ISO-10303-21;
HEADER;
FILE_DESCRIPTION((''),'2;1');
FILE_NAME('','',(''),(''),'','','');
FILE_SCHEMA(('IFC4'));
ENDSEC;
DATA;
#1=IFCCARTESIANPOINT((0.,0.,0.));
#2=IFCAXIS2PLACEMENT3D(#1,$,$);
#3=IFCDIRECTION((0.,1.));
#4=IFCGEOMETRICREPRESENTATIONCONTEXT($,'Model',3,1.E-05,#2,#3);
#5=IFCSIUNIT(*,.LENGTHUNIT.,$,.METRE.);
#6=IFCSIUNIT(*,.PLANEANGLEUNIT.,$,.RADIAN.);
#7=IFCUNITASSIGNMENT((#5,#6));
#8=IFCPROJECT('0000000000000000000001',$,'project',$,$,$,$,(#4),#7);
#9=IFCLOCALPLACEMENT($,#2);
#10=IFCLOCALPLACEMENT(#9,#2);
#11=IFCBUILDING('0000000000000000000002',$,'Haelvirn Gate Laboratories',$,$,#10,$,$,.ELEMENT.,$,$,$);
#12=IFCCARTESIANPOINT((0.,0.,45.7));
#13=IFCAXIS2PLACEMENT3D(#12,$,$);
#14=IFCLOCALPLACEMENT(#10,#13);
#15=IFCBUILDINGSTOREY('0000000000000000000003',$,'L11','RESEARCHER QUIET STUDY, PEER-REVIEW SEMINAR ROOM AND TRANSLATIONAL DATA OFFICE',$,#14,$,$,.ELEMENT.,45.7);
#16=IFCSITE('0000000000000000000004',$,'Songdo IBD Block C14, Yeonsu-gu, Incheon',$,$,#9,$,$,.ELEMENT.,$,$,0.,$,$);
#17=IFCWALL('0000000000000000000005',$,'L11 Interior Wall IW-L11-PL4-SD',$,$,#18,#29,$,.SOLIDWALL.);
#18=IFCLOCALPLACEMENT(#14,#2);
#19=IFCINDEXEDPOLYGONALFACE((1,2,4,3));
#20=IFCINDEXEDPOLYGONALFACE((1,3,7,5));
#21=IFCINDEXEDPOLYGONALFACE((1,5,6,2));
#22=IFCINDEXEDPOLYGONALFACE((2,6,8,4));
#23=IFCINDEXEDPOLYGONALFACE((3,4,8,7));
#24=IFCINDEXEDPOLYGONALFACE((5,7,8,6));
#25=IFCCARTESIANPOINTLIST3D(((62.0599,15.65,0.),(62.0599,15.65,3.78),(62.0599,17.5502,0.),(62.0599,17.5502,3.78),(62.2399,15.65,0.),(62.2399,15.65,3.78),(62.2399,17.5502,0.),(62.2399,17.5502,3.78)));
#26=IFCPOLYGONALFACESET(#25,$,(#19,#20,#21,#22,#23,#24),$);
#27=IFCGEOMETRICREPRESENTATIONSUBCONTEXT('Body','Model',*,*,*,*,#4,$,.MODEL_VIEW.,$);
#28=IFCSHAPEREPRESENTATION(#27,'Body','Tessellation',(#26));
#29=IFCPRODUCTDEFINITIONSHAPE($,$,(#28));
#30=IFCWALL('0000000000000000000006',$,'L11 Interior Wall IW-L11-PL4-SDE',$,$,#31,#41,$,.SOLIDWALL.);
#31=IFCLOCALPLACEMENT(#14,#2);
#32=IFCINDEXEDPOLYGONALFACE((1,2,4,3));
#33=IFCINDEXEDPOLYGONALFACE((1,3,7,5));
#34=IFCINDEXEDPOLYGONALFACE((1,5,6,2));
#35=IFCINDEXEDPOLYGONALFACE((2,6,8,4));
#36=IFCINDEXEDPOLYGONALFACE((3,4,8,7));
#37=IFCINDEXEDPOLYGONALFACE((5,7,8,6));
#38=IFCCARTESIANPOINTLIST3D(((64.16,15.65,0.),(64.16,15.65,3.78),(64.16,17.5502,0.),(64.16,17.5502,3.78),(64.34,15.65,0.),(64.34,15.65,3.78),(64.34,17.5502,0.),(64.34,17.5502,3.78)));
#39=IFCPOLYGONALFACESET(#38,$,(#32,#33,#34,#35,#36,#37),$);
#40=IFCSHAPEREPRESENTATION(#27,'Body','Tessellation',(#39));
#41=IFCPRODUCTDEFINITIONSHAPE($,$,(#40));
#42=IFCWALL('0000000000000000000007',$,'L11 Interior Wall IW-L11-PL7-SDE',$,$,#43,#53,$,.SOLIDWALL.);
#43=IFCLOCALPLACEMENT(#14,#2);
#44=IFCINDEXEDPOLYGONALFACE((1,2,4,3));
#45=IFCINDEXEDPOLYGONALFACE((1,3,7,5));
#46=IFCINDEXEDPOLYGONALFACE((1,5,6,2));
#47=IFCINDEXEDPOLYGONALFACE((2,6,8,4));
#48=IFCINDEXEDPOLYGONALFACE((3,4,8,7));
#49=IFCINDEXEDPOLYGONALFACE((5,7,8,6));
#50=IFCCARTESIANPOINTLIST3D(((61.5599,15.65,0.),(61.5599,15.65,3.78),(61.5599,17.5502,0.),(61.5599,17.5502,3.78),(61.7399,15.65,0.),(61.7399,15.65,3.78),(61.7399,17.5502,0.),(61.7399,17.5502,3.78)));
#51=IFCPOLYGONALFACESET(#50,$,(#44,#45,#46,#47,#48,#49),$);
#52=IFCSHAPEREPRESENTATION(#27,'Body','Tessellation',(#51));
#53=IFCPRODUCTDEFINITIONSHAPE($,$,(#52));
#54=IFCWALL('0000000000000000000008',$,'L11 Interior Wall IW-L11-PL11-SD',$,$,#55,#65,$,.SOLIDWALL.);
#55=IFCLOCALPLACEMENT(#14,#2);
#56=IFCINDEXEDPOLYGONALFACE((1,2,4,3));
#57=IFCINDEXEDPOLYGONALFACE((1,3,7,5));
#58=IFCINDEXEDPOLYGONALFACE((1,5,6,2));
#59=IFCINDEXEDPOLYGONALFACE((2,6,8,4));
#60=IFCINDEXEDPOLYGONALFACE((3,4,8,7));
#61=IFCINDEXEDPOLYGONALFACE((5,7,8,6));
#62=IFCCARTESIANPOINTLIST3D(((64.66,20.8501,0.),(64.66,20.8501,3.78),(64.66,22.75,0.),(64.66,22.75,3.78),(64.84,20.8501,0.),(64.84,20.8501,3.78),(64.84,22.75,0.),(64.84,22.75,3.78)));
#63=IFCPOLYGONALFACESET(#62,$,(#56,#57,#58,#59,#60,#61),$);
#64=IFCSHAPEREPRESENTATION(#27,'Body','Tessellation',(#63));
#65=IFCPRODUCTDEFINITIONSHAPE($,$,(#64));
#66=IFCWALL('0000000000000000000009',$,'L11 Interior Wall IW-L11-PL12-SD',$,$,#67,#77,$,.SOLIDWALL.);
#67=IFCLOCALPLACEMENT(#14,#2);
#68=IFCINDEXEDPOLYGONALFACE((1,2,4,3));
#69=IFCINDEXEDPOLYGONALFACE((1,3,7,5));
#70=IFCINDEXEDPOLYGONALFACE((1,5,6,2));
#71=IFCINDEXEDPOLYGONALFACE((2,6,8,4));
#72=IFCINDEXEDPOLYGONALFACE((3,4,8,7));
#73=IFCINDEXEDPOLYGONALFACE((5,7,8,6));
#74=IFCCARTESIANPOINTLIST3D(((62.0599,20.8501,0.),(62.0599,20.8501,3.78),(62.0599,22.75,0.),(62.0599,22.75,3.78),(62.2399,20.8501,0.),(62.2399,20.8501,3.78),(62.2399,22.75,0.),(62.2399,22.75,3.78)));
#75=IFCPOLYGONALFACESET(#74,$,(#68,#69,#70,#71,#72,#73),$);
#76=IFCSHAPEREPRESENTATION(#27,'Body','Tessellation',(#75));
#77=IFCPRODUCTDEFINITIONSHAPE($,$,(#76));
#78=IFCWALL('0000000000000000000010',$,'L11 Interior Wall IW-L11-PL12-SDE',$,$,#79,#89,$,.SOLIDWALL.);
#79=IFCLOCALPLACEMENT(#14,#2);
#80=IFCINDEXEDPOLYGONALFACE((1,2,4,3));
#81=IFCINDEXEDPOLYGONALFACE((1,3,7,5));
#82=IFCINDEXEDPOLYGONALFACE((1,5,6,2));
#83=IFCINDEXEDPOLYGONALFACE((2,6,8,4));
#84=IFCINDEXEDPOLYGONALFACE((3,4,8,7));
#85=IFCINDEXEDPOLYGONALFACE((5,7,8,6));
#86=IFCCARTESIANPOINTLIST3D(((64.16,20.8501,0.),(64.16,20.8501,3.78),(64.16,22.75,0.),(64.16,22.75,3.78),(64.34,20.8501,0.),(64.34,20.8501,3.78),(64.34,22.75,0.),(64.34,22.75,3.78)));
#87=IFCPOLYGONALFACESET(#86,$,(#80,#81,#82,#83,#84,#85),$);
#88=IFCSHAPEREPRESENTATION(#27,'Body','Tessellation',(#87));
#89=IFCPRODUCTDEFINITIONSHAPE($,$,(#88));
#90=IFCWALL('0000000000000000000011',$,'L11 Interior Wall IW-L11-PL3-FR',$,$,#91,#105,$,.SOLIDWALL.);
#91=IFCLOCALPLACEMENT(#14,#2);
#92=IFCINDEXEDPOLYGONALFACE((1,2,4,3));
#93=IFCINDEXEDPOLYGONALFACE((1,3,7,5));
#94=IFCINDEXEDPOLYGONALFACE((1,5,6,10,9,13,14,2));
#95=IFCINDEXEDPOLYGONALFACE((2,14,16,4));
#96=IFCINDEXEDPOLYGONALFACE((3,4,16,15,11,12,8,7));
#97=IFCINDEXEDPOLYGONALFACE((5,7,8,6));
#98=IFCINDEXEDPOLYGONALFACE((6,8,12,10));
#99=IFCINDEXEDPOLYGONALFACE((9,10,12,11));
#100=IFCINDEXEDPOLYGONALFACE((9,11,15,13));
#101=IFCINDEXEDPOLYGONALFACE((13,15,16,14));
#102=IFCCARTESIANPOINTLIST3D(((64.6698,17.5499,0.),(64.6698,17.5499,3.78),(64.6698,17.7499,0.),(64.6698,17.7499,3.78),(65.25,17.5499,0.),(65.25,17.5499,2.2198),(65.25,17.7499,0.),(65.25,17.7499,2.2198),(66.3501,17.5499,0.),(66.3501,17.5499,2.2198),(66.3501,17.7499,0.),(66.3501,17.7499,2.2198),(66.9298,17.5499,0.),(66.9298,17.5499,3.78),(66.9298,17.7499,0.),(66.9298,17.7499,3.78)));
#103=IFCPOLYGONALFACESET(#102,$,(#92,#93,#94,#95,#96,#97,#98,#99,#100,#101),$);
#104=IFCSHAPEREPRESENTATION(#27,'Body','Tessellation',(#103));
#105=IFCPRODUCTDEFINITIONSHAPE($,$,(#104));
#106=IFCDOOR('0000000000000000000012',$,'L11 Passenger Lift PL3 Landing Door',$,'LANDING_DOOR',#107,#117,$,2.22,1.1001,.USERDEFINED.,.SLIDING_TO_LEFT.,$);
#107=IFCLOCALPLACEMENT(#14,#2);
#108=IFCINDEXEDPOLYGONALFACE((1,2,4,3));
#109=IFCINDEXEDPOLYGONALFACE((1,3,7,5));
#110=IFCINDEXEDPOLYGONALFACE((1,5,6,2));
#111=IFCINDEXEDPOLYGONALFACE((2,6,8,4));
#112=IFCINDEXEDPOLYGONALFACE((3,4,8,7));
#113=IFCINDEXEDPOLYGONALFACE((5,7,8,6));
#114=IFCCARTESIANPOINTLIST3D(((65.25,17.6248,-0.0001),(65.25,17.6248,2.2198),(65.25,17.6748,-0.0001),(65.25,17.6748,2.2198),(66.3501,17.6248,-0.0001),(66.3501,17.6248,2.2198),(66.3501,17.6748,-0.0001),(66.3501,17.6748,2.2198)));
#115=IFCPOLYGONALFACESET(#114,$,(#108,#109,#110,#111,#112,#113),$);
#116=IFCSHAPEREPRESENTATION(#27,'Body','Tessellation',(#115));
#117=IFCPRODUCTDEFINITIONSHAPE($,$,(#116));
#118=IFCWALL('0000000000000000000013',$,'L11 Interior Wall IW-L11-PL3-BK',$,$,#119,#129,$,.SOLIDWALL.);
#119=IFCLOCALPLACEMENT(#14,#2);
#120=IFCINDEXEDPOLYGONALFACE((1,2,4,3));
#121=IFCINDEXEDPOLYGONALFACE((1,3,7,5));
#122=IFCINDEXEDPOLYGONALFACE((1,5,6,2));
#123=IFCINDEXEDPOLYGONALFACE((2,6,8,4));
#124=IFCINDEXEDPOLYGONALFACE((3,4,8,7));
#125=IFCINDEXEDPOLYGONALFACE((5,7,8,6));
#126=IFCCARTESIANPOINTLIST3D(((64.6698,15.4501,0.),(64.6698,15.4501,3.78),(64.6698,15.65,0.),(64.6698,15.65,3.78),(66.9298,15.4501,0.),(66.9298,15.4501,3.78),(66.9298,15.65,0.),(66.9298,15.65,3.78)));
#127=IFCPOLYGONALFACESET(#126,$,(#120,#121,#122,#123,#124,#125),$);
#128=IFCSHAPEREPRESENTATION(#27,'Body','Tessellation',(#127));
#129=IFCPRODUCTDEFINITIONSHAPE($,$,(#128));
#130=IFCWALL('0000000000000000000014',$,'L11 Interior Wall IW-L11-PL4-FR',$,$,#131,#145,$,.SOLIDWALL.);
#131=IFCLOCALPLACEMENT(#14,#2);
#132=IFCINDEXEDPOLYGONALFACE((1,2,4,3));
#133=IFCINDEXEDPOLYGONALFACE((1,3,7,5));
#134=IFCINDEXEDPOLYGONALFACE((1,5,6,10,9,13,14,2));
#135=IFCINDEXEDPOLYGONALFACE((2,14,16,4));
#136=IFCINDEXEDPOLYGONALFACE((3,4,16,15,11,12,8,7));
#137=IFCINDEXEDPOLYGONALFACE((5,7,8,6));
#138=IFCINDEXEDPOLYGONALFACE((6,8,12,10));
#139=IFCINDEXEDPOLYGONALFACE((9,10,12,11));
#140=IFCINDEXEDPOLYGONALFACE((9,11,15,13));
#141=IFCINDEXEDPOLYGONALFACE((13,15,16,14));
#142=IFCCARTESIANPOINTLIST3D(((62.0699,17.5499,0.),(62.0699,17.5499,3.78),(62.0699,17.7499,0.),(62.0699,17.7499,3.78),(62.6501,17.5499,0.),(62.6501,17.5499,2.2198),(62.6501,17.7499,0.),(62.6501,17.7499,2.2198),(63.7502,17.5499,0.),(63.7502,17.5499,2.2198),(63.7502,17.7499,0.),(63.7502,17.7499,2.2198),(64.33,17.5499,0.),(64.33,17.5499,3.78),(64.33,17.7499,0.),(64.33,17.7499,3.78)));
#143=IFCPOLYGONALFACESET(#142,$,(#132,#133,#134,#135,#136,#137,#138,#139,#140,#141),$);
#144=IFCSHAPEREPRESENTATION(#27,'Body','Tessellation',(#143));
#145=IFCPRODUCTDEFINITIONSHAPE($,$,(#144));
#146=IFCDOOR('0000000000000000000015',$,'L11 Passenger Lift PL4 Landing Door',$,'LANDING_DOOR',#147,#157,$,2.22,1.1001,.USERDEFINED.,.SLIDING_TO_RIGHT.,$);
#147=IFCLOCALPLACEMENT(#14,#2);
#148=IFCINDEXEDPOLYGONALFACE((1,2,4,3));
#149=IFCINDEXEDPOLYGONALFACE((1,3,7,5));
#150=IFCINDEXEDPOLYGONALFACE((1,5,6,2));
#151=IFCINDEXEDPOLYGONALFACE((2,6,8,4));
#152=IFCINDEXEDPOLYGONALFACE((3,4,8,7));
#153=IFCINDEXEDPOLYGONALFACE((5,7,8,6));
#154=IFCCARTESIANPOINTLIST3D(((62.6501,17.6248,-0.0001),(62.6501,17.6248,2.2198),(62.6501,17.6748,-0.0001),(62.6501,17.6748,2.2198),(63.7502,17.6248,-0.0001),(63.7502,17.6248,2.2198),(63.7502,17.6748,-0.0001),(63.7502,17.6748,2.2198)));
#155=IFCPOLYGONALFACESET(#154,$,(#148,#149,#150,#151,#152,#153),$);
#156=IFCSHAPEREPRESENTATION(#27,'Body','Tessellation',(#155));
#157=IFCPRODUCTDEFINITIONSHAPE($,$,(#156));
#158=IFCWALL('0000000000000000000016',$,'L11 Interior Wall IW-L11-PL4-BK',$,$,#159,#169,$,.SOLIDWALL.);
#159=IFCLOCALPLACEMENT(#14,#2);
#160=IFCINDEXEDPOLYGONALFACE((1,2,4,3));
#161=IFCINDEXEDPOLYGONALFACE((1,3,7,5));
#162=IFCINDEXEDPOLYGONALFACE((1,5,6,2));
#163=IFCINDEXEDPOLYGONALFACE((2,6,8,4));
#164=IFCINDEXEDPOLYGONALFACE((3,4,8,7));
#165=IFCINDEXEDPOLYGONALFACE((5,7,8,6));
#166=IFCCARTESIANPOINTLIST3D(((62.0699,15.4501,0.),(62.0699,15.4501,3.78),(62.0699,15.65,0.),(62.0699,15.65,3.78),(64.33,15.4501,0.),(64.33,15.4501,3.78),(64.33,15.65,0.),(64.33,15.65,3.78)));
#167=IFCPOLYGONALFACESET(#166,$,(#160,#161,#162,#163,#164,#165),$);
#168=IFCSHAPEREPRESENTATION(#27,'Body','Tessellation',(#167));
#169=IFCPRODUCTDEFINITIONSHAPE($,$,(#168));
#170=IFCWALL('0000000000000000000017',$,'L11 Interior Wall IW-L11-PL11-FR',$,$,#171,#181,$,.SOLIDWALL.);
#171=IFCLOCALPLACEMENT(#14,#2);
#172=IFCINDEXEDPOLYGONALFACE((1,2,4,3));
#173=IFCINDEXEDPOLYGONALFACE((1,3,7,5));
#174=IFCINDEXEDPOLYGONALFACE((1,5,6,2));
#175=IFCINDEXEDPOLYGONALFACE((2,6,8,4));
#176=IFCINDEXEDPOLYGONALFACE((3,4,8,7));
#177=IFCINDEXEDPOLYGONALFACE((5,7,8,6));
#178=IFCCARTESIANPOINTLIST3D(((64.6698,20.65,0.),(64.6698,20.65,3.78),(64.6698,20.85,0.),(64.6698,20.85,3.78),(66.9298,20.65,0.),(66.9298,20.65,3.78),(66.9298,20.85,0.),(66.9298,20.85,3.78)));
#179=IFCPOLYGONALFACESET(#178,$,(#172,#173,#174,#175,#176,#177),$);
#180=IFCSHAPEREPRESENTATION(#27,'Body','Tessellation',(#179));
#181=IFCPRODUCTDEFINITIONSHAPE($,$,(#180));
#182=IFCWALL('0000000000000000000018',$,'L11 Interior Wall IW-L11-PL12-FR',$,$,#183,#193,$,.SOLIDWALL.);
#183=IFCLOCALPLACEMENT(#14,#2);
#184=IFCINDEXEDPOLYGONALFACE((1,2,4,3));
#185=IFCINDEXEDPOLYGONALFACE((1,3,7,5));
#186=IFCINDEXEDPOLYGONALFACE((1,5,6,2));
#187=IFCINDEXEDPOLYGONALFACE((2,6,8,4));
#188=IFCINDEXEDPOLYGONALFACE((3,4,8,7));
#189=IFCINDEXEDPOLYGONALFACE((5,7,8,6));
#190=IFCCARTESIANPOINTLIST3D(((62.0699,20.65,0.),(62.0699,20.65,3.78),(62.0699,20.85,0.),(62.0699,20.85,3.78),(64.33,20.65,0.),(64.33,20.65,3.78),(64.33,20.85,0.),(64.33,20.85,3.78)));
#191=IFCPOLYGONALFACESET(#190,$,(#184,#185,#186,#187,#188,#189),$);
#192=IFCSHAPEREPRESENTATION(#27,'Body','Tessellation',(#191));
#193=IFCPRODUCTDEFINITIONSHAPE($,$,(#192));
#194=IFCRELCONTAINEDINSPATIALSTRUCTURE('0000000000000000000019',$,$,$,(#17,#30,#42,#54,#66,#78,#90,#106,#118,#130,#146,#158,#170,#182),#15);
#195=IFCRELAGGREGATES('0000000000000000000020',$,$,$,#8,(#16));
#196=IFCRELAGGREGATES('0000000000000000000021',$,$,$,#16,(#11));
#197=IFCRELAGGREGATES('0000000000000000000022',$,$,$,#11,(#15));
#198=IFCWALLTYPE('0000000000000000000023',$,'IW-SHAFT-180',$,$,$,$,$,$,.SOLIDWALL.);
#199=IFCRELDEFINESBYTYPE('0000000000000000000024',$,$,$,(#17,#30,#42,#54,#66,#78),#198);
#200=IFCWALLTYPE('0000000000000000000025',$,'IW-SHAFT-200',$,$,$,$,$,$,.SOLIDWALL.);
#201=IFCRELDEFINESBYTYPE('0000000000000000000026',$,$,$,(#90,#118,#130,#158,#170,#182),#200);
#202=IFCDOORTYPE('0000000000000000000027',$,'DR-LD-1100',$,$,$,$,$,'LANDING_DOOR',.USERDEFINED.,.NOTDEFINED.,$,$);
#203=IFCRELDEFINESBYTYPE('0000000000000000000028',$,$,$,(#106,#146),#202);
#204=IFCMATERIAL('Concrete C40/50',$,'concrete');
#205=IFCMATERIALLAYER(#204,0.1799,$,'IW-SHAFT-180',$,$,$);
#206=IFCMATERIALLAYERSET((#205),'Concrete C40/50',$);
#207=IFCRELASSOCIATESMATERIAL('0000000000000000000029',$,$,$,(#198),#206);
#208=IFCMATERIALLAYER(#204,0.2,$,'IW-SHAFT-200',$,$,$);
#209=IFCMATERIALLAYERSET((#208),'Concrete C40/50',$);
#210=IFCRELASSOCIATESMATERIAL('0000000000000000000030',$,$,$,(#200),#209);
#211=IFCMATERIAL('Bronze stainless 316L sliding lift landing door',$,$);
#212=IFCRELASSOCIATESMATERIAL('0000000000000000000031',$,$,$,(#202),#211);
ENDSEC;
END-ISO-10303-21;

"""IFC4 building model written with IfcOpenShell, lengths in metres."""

from ifc_helpers import new_model, si_unit, direction, frame, frame_2d, origin, place, context, subcontext, project, spatial, rectangle, extrude, source, transform, mapped, material, layer, layer_set, type_object, type_shapes, element, fill, save


model = new_model("IFC4")

# Units and contexts
model_context = context("Model", 3, precision=1e-05, world=origin(), true_north=direction((0.0, 1.0)))
body_context = subcontext(model_context, "Body", "Model", "MODEL_VIEW")
ifc_project = project(units=[si_unit("LENGTHUNIT", "METRE"), si_unit("PLANEANGLEUNIT", "RADIAN")], contexts=[model_context])

# Site, building, storey
site_placement = place(None, origin())
site = spatial("IfcSite", under=ifc_project, at=site_placement, Name="Songdo IBD Block C14, Yeonsu-gu, Incheon", CompositionType="ELEMENT", RefElevation=0.0)
building_placement = place(site_placement, origin())
building = spatial("IfcBuilding", under=site, at=building_placement, Name="Haelvirn Gate Laboratories", CompositionType="ELEMENT")
storey_placement = place(building_placement, frame((0.0, 0.0, 45.7)))
storey = spatial("IfcBuildingStorey", under=building, at=storey_placement, Name="L11", Description="RESEARCHER QUIET STUDY, PEER-REVIEW SEMINAR ROOM AND TRANSLATIONAL DATA OFFICE", CompositionType="ELEMENT", Elevation=45.7)

# Walls
ifc_material_1 = material(Name="Concrete C40/50", Category="concrete")
ifc_layer_1 = layer(ifc_material_1, 0.1799, Name="IW-SHAFT-180")
ifc_layer_set_1 = layer_set([ifc_layer_1], Name="Concrete C40/50")
wall_type_1 = type_object("IfcWallType", Name="IW-SHAFT-180", PredefinedType="SOLIDWALL", material=ifc_layer_set_1)
for number, where, z_axis, x_axis, name in (
    (1, (62.1499, 15.6499, 0.0), (0.0, 0.0, 1.0), (0.0, 1.0, 0.0), "L11 Interior Wall IW-L11-PL4-SD"),
    (2, (64.25, 15.6499, 0.0), (0.0, 0.0, 1.0), (0.0, 1.0, 0.0), "L11 Interior Wall IW-L11-PL4-SDE"),
    (3, (61.6499, 15.6499, 0.0), (0.0, 0.0, 1.0), (0.0, 1.0, 0.0), "L11 Interior Wall IW-L11-PL7-SDE"),
):
    element("IfcWall", number, at=place(storey_placement, frame(where, z_axis=z_axis, x_axis=x_axis)), inside=storey, type_object=wall_type_1, Name=name, PredefinedType="SOLIDWALL", context=body_context, shape_type="SweptSolid", body=[
        extrude(rectangle(XDim=1.9001, YDim=0.1799, at=frame_2d((0.9502, 0.0))), origin(), (0.0, 0.0, 1.0), 3.78),
    ])
for number, where, z_axis, x_axis, name in (
    (4, (64.75, 20.8501, 0.0), (0.0, 0.0, 1.0), (0.0, 1.0, 0.0), "L11 Interior Wall IW-L11-PL11-SD"),
    (5, (62.1499, 20.8501, 0.0), (0.0, 0.0, 1.0), (0.0, 1.0, 0.0), "L11 Interior Wall IW-L11-PL12-SD"),
    (6, (64.25, 20.8501, 0.0), (0.0, 0.0, 1.0), (0.0, 1.0, 0.0), "L11 Interior Wall IW-L11-PL12-SDE"),
):
    element("IfcWall", number, at=place(storey_placement, frame(where, z_axis=z_axis, x_axis=x_axis)), inside=storey, type_object=wall_type_1, Name=name, PredefinedType="SOLIDWALL", context=body_context, shape_type="SweptSolid", body=[
        extrude(rectangle(XDim=1.8999, YDim=0.1799, at=frame_2d((0.95, 0.0))), origin(), (0.0, 0.0, 1.0), 3.78),
    ])

# Wall, opening, door
ifc_layer_2 = layer(ifc_material_1, 0.2, Name="IW-SHAFT-200")
ifc_layer_set_2 = layer_set([ifc_layer_2], Name="Concrete C40/50")
wall_type_2 = type_object("IfcWallType", Name="IW-SHAFT-200", PredefinedType="SOLIDWALL", material=ifc_layer_set_2)
wall_1_placement = place(storey_placement, frame((64.6699, 17.6499, 0.0), z_axis=(0.0, 0.0, 1.0), x_axis=(1.0, 0.0, 0.0)))
wall_1 = element("IfcWall", 7, at=wall_1_placement, inside=storey, type_object=wall_type_2, Name="L11 Interior Wall IW-L11-PL3-FR", PredefinedType="SOLIDWALL", context=body_context, shape_type="SweptSolid", body=[
    extrude(rectangle(XDim=2.26, YDim=0.2, at=frame_2d((1.1299, 0.0))), origin(), (0.0, 0.0, 1.0), 3.78),
])
opening_1_placement = place(wall_1_placement, frame((0.5801, 0.0, 0.0)))
opening_1 = element("IfcOpeningElement", 8, at=opening_1_placement, cuts=wall_1, PredefinedType="OPENING", context=body_context, shape_type="SweptSolid", body=[
    extrude(rectangle(XDim=1.1001, YDim=2.22, at=frame_2d((0.55, 1.1099))), frame((0.0, 0.1099, 0.0), z_axis=(0.0, -1.0, 0.0), x_axis=(1.0, 0.0, 0.0)), (0.0, 0.0, 1.0), 0.22),
])
ifc_material_2 = material(Name="Bronze stainless 316L sliding lift landing door")
door_type_1 = type_object("IfcDoorType", Name="DR-LD-1100", ElementType="LANDING_DOOR", OperationType="NOTDEFINED", PredefinedType="USERDEFINED", material=ifc_material_2)
shared_shape_1 = source(origin(), body_context, "Body", "SweptSolid", [
    extrude(rectangle(XDim=1.1001, YDim=2.22, at=frame_2d((0.55, 1.1099))), frame((0.0, 0.0249, 0.0), z_axis=(0.0, -1.0, 0.0), x_axis=(1.0, 0.0, 0.0)), (0.0, 0.0, 1.0), 0.05),
])
type_shapes(door_type_1, [shared_shape_1])
door_1_placement = place(opening_1_placement, origin())
door_1 = element("IfcDoor", 9, at=door_1_placement, inside=storey, type_object=door_type_1, Name="L11 Passenger Lift PL3 Landing Door", ObjectType="LANDING_DOOR", OperationType="SLIDING_TO_LEFT", OverallHeight=2.22, OverallWidth=1.1001, PredefinedType="USERDEFINED", context=body_context, shape_type="MappedRepresentation", body=[
    mapped(shared_shape_1, transform((0.0, 0.0, 0.0), scale=1.0)),
])
fill(opening_1, door_1)

# Wall
wall_2_placement = place(storey_placement, frame((64.6699, 15.55, 0.0), z_axis=(0.0, 0.0, 1.0), x_axis=(1.0, 0.0, 0.0)))
element("IfcWall", 10, at=wall_2_placement, inside=storey, type_object=wall_type_2, Name="L11 Interior Wall IW-L11-PL3-BK", PredefinedType="SOLIDWALL", context=body_context, shape_type="SweptSolid", body=[
    extrude(rectangle(XDim=2.26, YDim=0.2, at=frame_2d((1.1299, 0.0))), origin(), (0.0, 0.0, 1.0), 3.78),
])

# Wall, opening, door
wall_3_placement = place(storey_placement, frame((62.0701, 17.6499, 0.0), z_axis=(0.0, 0.0, 1.0), x_axis=(1.0, 0.0, 0.0)))
wall_3 = element("IfcWall", 11, at=wall_3_placement, inside=storey, type_object=wall_type_2, Name="L11 Interior Wall IW-L11-PL4-FR", PredefinedType="SOLIDWALL", context=body_context, shape_type="SweptSolid", body=[
    extrude(rectangle(XDim=2.26, YDim=0.2, at=frame_2d((1.1299, 0.0))), origin(), (0.0, 0.0, 1.0), 3.78),
])
opening_2_placement = place(wall_3_placement, frame((0.5801, 0.0, 0.0)))
opening_2 = element("IfcOpeningElement", 12, at=opening_2_placement, cuts=wall_3, PredefinedType="OPENING", context=body_context, shape_type="SweptSolid", body=[
    extrude(rectangle(XDim=1.1001, YDim=2.22, at=frame_2d((0.55, 1.1099))), frame((0.0, 0.1099, 0.0), z_axis=(0.0, -1.0, 0.0), x_axis=(1.0, 0.0, 0.0)), (0.0, 0.0, 1.0), 0.22),
])
door_2_placement = place(opening_2_placement, origin())
door_2 = element("IfcDoor", 13, at=door_2_placement, inside=storey, type_object=door_type_1, Name="L11 Passenger Lift PL4 Landing Door", ObjectType="LANDING_DOOR", OperationType="SLIDING_TO_RIGHT", OverallHeight=2.22, OverallWidth=1.1001, PredefinedType="USERDEFINED", context=body_context, shape_type="MappedRepresentation", body=[
    mapped(shared_shape_1, transform((0.0, 0.0, 0.0), scale=1.0)),
])
fill(opening_2, door_2)

# Walls
for number, where, z_axis, x_axis, name in (
    (14, (62.0701, 15.55, 0.0), (0.0, 0.0, 1.0), (1.0, 0.0, 0.0), "L11 Interior Wall IW-L11-PL4-BK"),
    (15, (64.6699, 20.75, 0.0), (0.0, 0.0, 1.0), (1.0, 0.0, 0.0), "L11 Interior Wall IW-L11-PL11-FR"),
    (16, (62.0701, 20.75, 0.0), (0.0, 0.0, 1.0), (1.0, 0.0, 0.0), "L11 Interior Wall IW-L11-PL12-FR"),
):
    element("IfcWall", number, at=place(storey_placement, frame(where, z_axis=z_axis, x_axis=x_axis)), inside=storey, type_object=wall_type_2, Name=name, PredefinedType="SOLIDWALL", context=body_context, shape_type="SweptSolid", body=[
        extrude(rectangle(XDim=2.26, YDim=0.2, at=frame_2d((1.1299, 0.0))), origin(), (0.0, 0.0, 1.0), 3.78),
    ])

save(model, "model.ifc")
